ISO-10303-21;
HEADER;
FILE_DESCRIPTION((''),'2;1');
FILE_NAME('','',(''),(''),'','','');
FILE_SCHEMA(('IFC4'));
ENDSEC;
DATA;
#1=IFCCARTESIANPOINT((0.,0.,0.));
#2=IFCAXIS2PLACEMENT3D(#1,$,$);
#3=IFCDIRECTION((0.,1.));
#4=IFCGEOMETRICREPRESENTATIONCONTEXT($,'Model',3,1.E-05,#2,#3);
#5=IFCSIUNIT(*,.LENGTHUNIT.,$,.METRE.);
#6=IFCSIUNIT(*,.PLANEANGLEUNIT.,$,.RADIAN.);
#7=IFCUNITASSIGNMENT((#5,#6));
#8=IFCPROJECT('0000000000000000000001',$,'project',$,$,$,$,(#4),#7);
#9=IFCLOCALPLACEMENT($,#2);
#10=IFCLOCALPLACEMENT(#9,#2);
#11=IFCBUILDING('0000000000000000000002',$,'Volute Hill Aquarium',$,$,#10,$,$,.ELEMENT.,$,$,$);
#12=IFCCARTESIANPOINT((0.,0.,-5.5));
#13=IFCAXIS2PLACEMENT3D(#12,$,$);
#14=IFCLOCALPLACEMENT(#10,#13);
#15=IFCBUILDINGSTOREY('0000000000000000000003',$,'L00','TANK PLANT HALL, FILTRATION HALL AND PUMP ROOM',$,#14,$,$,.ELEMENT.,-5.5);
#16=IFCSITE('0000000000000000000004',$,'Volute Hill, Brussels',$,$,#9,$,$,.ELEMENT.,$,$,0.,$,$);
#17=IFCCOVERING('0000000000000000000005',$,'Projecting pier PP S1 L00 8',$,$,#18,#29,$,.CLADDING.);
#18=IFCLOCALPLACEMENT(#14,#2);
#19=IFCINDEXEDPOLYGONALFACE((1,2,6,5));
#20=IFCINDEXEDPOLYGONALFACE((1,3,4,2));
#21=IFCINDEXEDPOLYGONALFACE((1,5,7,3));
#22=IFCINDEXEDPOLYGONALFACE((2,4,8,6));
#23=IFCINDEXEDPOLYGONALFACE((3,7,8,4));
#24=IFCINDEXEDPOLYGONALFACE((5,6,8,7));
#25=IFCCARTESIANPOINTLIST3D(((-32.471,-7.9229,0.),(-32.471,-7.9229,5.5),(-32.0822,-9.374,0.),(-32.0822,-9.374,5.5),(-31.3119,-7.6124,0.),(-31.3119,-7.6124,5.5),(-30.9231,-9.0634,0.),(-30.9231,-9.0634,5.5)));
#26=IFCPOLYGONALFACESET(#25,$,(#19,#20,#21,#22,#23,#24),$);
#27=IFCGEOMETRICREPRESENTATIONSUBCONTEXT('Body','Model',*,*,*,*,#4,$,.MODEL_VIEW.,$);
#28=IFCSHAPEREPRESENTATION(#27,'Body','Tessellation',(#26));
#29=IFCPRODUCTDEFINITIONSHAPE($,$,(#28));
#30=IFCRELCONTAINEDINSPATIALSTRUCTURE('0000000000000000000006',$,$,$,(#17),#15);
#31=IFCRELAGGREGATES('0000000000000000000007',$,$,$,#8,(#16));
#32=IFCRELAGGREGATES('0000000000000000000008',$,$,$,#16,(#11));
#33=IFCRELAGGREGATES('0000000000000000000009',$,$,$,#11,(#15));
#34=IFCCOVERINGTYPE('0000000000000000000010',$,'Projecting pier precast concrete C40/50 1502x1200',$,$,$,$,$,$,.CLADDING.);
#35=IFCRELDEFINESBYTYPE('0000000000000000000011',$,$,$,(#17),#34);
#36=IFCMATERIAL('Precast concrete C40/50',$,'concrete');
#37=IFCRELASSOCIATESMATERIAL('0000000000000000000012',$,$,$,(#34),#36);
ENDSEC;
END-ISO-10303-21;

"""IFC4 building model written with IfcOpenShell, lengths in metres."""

from ifc_helpers import new_model, si_unit, direction, frame, origin, origin_2d, place, context, subcontext, project, spatial, rectangle, extrude, material, type_object, element, save


model = new_model("IFC4")

# Units and contexts
model_context = context("Model", 3, precision=1e-05, world=origin(), true_north=direction((0.0, 1.0)))
body_context = subcontext(model_context, "Body", "Model", "MODEL_VIEW")
ifc_project = project(units=[si_unit("LENGTHUNIT", "METRE"), si_unit("PLANEANGLEUNIT", "RADIAN")], contexts=[model_context])

# Site, building, storey
site_placement = place(None, origin())
site = spatial("IfcSite", under=ifc_project, at=site_placement, Name="Volute Hill, Brussels", CompositionType="ELEMENT", RefElevation=0.0)
building_placement = place(site_placement, origin())
building = spatial("IfcBuilding", under=site, at=building_placement, Name="Volute Hill Aquarium", CompositionType="ELEMENT")
storey_placement = place(building_placement, frame((0.0, 0.0, -5.5)))
storey = spatial("IfcBuildingStorey", under=building, at=storey_placement, Name="L00", Description="TANK PLANT HALL, FILTRATION HALL AND PUMP ROOM", CompositionType="ELEMENT", Elevation=-5.5)

# Covering
ifc_material_1 = material(Name="Precast concrete C40/50", Category="concrete")
covering_type_1 = type_object("IfcCoveringType", Name="Projecting pier precast concrete C40/50 1502x1200", PredefinedType="CLADDING", material=ifc_material_1)
for number, where, z_axis, x_axis, name in (
    (1, (-31.697, -8.4932, 0.0), (0.0, 0.0, 1.0), (0.258819, -0.965926, 0.0), "Projecting pier PP S1 L00 8"),
):
    element("IfcCovering", number, at=place(storey_placement, frame(where, z_axis=z_axis, x_axis=x_axis)), inside=storey, type_object=covering_type_1, Name=name, PredefinedType="CLADDING", context=body_context, shape_type="SweptSolid", body=[
        extrude(rectangle(XDim=1.5022, YDim=1.2, at=origin_2d()), origin(), (0.0, 0.0, 1.0), 5.5),
    ])

save(model, "model.ifc")
